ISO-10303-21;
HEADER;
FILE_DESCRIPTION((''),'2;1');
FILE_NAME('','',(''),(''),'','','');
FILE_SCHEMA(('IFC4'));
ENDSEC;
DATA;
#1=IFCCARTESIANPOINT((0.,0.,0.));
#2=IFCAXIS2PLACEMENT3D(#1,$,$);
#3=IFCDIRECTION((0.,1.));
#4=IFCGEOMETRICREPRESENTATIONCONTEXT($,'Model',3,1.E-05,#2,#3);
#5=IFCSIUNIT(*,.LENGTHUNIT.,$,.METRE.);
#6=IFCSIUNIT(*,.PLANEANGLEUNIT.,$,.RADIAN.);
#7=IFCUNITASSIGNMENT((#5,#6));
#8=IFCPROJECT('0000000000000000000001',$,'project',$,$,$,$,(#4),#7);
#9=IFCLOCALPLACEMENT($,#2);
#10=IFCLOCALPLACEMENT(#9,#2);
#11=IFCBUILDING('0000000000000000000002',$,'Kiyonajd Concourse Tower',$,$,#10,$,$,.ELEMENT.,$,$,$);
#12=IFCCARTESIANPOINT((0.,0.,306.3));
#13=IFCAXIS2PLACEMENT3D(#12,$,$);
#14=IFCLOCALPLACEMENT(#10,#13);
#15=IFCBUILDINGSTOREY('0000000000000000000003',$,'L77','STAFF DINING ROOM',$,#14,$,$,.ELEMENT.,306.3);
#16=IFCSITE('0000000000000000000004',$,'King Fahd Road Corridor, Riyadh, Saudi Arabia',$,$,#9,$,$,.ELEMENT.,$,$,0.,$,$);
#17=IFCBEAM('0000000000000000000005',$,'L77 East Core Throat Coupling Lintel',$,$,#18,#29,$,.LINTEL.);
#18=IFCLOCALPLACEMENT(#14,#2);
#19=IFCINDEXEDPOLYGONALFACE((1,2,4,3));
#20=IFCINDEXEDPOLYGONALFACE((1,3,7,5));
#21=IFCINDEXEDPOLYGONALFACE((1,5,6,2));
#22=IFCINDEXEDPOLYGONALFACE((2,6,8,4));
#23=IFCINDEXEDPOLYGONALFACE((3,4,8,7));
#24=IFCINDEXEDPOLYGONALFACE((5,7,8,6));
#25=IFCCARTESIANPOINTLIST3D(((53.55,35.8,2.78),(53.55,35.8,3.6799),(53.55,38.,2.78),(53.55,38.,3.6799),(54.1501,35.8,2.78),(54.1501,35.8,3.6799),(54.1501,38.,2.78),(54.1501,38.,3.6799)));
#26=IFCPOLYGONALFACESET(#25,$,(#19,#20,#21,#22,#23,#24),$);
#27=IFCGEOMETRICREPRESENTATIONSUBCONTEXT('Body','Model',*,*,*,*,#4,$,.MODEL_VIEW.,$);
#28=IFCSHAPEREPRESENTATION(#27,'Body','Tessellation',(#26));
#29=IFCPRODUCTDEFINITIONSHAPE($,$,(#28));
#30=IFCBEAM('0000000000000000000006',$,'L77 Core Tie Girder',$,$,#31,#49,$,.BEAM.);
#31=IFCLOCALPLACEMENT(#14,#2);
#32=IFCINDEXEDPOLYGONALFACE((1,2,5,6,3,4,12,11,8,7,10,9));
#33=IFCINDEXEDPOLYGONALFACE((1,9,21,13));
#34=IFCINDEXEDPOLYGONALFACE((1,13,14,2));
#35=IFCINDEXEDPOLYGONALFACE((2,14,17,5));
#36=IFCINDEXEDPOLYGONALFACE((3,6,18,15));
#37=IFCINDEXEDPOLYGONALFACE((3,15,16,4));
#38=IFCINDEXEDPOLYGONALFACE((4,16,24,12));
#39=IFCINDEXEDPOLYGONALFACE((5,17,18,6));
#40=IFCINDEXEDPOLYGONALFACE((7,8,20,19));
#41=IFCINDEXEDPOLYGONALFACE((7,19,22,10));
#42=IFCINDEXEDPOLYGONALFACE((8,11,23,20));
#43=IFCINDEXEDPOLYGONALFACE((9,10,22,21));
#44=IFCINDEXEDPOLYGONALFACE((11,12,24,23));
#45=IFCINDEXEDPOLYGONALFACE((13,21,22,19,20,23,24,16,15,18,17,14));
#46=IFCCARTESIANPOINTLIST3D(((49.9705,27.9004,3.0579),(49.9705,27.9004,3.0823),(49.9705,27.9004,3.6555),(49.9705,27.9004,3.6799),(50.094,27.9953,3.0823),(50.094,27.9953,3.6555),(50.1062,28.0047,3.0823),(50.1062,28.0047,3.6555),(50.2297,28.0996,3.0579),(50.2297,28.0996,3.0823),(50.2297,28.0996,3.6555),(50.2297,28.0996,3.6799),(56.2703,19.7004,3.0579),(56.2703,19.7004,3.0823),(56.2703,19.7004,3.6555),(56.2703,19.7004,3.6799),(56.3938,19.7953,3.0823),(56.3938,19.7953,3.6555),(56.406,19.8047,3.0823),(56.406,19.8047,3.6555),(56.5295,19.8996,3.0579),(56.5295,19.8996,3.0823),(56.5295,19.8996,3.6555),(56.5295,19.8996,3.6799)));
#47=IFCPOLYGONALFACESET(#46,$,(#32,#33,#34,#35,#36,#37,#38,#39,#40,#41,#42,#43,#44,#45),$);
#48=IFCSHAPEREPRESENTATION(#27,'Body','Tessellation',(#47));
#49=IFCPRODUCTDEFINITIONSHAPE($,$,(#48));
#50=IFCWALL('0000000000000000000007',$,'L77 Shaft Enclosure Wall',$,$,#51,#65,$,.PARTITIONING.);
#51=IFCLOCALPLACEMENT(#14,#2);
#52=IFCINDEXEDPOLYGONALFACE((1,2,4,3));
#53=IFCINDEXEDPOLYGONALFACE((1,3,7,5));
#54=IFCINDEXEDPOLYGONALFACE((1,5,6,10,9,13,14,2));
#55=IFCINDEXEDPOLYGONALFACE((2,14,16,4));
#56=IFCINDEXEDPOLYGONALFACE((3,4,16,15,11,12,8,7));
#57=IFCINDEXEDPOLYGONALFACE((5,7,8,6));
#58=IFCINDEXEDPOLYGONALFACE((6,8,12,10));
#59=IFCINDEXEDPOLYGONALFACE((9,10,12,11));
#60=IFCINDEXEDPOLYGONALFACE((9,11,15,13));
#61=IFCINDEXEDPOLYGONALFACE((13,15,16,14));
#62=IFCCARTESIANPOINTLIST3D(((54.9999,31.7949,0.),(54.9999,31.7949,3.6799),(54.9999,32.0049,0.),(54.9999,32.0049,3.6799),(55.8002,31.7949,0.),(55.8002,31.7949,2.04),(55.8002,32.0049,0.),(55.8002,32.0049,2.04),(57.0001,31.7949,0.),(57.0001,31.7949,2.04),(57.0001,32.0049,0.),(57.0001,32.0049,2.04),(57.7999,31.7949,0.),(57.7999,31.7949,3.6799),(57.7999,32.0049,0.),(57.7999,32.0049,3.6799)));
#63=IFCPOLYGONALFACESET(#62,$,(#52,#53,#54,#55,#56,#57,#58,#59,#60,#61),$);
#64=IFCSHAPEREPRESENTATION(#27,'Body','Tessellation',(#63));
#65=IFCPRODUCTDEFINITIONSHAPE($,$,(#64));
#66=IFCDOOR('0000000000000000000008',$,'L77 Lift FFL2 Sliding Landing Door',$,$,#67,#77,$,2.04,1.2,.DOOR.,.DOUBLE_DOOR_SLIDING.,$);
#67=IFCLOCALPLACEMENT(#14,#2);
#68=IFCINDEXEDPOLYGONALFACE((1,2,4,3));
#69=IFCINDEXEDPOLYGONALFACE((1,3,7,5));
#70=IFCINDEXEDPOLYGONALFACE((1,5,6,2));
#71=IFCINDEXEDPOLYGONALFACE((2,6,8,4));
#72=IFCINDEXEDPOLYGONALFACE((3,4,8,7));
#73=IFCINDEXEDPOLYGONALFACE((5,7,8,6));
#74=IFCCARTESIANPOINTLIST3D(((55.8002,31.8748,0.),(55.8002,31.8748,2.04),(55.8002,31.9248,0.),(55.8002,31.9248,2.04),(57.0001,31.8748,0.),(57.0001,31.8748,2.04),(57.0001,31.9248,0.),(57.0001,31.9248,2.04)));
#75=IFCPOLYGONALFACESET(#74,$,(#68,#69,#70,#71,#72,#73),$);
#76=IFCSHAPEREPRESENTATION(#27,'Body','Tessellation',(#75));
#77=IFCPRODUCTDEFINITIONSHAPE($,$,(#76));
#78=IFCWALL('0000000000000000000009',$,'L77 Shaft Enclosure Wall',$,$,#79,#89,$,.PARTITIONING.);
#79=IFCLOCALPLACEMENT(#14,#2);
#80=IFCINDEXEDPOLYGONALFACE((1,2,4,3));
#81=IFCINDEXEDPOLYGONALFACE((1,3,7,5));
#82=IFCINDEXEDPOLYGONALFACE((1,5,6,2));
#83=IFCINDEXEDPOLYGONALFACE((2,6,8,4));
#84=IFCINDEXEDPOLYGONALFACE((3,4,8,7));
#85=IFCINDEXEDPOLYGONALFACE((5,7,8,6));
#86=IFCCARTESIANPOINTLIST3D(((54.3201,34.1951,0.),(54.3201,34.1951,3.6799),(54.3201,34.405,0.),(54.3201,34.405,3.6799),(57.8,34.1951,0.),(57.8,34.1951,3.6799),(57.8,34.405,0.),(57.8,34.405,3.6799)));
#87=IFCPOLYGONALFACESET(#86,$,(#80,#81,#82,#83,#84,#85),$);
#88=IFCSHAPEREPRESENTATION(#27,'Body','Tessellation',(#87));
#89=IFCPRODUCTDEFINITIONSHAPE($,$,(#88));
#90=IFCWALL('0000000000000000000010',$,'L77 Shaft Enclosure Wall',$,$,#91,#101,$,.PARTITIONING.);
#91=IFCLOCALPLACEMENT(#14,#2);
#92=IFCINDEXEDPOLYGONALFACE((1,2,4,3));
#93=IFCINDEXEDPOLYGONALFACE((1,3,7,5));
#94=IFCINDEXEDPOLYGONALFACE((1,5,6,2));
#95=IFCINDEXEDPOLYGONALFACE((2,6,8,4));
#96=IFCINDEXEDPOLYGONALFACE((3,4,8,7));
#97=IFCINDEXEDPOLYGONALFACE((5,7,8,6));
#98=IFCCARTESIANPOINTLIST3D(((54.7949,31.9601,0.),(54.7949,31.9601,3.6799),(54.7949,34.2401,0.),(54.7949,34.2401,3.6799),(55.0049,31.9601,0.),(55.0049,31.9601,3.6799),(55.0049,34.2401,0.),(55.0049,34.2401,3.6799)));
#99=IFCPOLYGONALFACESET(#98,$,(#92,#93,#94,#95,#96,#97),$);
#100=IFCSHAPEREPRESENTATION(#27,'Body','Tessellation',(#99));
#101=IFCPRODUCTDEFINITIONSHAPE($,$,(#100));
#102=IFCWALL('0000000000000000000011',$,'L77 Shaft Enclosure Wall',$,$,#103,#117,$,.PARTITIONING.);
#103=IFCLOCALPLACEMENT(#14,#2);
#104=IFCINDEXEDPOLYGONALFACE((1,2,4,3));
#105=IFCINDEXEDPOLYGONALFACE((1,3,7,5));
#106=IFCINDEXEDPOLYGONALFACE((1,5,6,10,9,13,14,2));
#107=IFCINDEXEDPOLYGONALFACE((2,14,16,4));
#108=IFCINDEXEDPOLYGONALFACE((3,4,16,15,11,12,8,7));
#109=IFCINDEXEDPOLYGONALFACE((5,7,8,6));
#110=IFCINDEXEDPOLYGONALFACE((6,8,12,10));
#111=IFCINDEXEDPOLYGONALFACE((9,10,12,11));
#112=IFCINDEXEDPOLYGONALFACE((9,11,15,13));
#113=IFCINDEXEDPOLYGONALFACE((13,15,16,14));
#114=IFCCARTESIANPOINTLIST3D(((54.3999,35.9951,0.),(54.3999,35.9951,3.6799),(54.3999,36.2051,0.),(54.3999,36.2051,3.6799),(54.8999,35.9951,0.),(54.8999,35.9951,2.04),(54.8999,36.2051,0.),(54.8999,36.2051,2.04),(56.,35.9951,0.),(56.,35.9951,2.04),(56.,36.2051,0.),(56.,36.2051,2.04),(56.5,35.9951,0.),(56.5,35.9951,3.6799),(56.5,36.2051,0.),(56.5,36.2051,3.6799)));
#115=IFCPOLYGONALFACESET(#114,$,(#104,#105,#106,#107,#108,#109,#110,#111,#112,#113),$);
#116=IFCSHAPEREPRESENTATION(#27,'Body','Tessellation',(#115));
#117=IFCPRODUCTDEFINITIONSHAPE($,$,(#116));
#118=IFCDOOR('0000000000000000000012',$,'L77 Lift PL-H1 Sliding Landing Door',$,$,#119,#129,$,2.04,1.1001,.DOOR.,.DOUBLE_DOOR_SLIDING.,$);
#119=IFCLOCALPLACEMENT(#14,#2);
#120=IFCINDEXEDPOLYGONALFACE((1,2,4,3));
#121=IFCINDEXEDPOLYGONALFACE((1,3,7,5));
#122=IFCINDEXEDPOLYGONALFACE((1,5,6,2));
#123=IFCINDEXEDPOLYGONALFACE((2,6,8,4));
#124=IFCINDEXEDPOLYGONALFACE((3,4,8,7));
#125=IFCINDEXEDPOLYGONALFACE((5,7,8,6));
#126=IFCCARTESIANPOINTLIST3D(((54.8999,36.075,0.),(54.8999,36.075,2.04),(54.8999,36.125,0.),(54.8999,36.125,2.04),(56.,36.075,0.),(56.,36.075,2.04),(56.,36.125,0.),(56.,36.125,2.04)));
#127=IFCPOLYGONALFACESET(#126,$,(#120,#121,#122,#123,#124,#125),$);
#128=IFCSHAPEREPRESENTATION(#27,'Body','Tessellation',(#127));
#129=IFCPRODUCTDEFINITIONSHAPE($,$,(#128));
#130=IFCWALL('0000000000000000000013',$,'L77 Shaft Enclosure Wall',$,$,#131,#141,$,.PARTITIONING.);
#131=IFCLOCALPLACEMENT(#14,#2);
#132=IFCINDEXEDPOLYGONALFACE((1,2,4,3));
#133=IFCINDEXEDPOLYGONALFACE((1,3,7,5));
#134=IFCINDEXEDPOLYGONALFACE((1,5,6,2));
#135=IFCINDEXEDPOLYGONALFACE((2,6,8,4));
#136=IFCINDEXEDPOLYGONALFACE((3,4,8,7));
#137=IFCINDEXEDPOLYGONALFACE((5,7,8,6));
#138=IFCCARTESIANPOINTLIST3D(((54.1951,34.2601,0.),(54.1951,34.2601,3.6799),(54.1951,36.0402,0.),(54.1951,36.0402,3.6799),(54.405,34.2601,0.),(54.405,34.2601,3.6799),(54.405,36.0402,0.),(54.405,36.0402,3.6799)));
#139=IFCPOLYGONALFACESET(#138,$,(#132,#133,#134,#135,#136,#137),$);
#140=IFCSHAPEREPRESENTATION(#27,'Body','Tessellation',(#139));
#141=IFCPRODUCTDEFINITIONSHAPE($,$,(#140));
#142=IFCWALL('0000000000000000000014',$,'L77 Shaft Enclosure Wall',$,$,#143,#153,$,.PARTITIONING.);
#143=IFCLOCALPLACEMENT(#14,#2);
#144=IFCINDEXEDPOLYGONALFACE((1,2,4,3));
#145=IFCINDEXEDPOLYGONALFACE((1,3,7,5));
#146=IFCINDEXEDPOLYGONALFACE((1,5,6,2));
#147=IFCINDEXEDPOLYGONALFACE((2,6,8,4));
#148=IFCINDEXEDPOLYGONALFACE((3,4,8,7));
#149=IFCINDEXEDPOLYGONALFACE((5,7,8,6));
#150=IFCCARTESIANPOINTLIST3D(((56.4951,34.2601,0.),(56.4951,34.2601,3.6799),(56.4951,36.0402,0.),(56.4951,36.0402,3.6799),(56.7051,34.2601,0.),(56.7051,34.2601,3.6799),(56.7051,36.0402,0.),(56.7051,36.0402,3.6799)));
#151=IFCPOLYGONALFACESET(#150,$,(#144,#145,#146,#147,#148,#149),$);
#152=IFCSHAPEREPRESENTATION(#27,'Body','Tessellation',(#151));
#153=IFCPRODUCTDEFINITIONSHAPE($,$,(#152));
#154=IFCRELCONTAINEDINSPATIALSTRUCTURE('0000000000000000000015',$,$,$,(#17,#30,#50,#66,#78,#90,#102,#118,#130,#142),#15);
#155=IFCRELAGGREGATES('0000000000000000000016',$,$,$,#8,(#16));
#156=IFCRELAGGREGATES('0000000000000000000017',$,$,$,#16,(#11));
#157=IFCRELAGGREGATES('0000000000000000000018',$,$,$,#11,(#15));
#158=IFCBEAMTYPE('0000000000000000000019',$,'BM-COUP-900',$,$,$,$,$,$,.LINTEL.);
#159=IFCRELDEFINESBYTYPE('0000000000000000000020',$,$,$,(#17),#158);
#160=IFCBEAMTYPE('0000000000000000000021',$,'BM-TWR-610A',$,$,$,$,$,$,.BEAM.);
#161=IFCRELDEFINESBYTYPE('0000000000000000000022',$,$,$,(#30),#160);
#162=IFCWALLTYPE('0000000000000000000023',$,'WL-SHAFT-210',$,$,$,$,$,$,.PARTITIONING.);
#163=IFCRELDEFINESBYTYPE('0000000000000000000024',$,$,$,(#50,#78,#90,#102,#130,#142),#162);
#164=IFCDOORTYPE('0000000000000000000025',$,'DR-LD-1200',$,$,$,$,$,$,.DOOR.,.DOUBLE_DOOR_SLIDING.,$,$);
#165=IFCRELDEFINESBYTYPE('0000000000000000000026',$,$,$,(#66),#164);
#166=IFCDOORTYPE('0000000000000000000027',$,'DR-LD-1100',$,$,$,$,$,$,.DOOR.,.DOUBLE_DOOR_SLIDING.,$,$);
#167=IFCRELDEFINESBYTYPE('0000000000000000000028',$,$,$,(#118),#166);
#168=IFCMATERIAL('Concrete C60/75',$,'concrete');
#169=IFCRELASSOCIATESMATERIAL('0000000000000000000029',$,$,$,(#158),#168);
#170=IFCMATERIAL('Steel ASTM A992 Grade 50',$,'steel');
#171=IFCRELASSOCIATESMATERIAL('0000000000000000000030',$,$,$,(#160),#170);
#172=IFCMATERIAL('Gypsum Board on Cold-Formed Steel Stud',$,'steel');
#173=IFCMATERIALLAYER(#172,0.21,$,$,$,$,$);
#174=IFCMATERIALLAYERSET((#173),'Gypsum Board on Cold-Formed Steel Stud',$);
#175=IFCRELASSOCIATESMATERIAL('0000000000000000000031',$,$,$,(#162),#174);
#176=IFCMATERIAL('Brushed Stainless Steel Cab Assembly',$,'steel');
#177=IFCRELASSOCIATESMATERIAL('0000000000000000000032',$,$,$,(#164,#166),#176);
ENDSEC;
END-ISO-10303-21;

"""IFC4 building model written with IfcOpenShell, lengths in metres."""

from ifc_helpers import new_model, si_unit, direction, frame, frame_2d, origin, origin_2d, place, context, subcontext, project, spatial, rectangle, i_section, extrude, material, layer, layer_set, material_profile, profile_set, type_object, element, fill, save


model = new_model("IFC4")

# Units and contexts
model_context = context("Model", 3, precision=1e-05, world=origin(), true_north=direction((0.0, 1.0)))
body_context = subcontext(model_context, "Body", "Model", "MODEL_VIEW")
ifc_project = project(units=[si_unit("LENGTHUNIT", "METRE"), si_unit("PLANEANGLEUNIT", "RADIAN")], contexts=[model_context])

# Site, building, storey
site_placement = place(None, origin())
site = spatial("IfcSite", under=ifc_project, at=site_placement, Name="King Fahd Road Corridor, Riyadh, Saudi Arabia", CompositionType="ELEMENT", RefElevation=0.0)
building_placement = place(site_placement, origin())
building = spatial("IfcBuilding", under=site, at=building_placement, Name="Kiyonajd Concourse Tower", CompositionType="ELEMENT")
storey_placement = place(building_placement, frame((0.0, 0.0, 306.3)))
storey = spatial("IfcBuildingStorey", under=building, at=storey_placement, Name="L77", Description="STAFF DINING ROOM", CompositionType="ELEMENT", Elevation=306.3)

# Beams
ifc_material_1 = material(Name="Concrete C60/75", Category="concrete")
ifc_material_profile_1 = material_profile(ifc_material_1, rectangle(XDim=0.6001, YDim=0.8999, at=origin_2d()), Name="RCBM-600x900")
ifc_profile_set_1 = profile_set([ifc_material_profile_1], Name="Concrete C60/75")
beam_type_1 = type_object("IfcBeamType", Name="BM-COUP-900", PredefinedType="LINTEL", material=ifc_profile_set_1)
beam_1_placement = place(storey_placement, frame((53.8501, 35.8, 3.23), z_axis=(0.0, 1.0, 0.0), x_axis=(-1.0, 0.0, 0.0)))
element("IfcBeam", 1, at=beam_1_placement, inside=storey, type_object=beam_type_1, Name="L77 East Core Throat Coupling Lintel", PredefinedType="LINTEL", context=body_context, shape_type="SweptSolid", body=[
    extrude(rectangle(XDim=0.6001, YDim=0.8999, at=origin_2d()), origin(), (0.0, 0.0, 1.0), 2.2),
])
ifc_material_2 = material(Name="Steel ASTM A992 Grade 50", Category="steel")
ifc_material_profile_2 = material_profile(ifc_material_2, i_section(OverallWidth=0.3269, OverallDepth=0.6221, WebThickness=0.0154, FlangeThickness=0.0244, at=origin_2d()), Name="W610X195")
ifc_profile_set_2 = profile_set([ifc_material_profile_2], Name="Steel ASTM A992 Grade 50")
beam_type_2 = type_object("IfcBeamType", Name="BM-TWR-610A", PredefinedType="BEAM", material=ifc_profile_set_2)
beam_2_placement = place(storey_placement, frame((50.1001, 28.0, 3.3689), z_axis=(0.609234, -0.792991, 0.0), x_axis=(0.792991, 0.609234, 0.0)))
element("IfcBeam", 2, at=beam_2_placement, inside=storey, type_object=beam_type_2, Name="L77 Core Tie Girder", PredefinedType="BEAM", context=body_context, shape_type="SweptSolid", body=[
    extrude(i_section(OverallWidth=0.3269, OverallDepth=0.6221, WebThickness=0.0154, FlangeThickness=0.0244, at=origin_2d()), origin(), (0.0, 0.0, 1.0), 10.3406),
])

# Wall, opening, door
ifc_material_3 = material(Name="Gypsum Board on Cold-Formed Steel Stud", Category="steel")
ifc_layer_1 = layer(ifc_material_3, 0.21)
ifc_layer_set_1 = layer_set([ifc_layer_1], Name="Gypsum Board on Cold-Formed Steel Stud")
wall_type_1 = type_object("IfcWallType", Name="WL-SHAFT-210", PredefinedType="PARTITIONING", material=ifc_layer_set_1)
wall_1_placement = place(storey_placement, frame((55.0, 31.8999, 0.0), z_axis=(0.0, 0.0, 1.0), x_axis=(1.0, 0.0, 0.0)))
wall_1 = element("IfcWall", 3, at=wall_1_placement, inside=storey, type_object=wall_type_1, Name="L77 Shaft Enclosure Wall", PredefinedType="PARTITIONING", context=body_context, shape_type="SweptSolid", body=[
    extrude(rectangle(XDim=2.8, YDim=0.21, at=frame_2d((1.3999, 0.0))), origin(), (0.0, 0.0, 1.0), 3.6799),
])
opening_1_placement = place(wall_1_placement, frame((0.8, 0.0, 0.0)))
opening_1 = element("IfcOpeningElement", 4, at=opening_1_placement, cuts=wall_1, PredefinedType="OPENING", context=body_context, shape_type="SweptSolid", body=[
    extrude(rectangle(XDim=1.2, YDim=2.04, at=frame_2d((0.6001, 1.02))), frame((0.0, 0.115, 0.0), z_axis=(0.0, -1.0, 0.0), x_axis=(1.0, 0.0, 0.0)), (0.0, 0.0, 1.0), 0.23),
])
ifc_material_4 = material(Name="Brushed Stainless Steel Cab Assembly", Category="steel")
door_type_1 = type_object("IfcDoorType", Name="DR-LD-1200", OperationType="DOUBLE_DOOR_SLIDING", PredefinedType="DOOR", material=ifc_material_4)
door_1_placement = place(opening_1_placement, origin())
door_1 = element("IfcDoor", 5, at=door_1_placement, inside=storey, type_object=door_type_1, Name="L77 Lift FFL2 Sliding Landing Door", OperationType="DOUBLE_DOOR_SLIDING", OverallHeight=2.04, OverallWidth=1.2, PredefinedType="DOOR", context=body_context, shape_type="SweptSolid", body=[
    extrude(rectangle(XDim=1.2, YDim=2.04, at=frame_2d((0.6001, 1.02))), frame((0.0, 0.0249, 0.0), z_axis=(0.0, -1.0, 0.0), x_axis=(1.0, 0.0, 0.0)), (0.0, 0.0, 1.0), 0.05),
])
fill(opening_1, door_1)

# Walls
wall_2_placement = place(storey_placement, frame((54.3201, 34.3, 0.0), z_axis=(0.0, 0.0, 1.0), x_axis=(1.0, 0.0, 0.0)))
element("IfcWall", 6, at=wall_2_placement, inside=storey, type_object=wall_type_1, Name="L77 Shaft Enclosure Wall", PredefinedType="PARTITIONING", context=body_context, shape_type="SweptSolid", body=[
    extrude(rectangle(XDim=3.48, YDim=0.21, at=frame_2d((1.74, 0.0))), origin(), (0.0, 0.0, 1.0), 3.6799),
])
wall_3_placement = place(storey_placement, frame((54.8999, 31.96, 0.0), z_axis=(0.0, 0.0, 1.0), x_axis=(0.0, 1.0, 0.0)))
element("IfcWall", 7, at=wall_3_placement, inside=storey, type_object=wall_type_1, Name="L77 Shaft Enclosure Wall", PredefinedType="PARTITIONING", context=body_context, shape_type="SweptSolid", body=[
    extrude(rectangle(XDim=2.28, YDim=0.21, at=frame_2d((1.1401, 0.0))), origin(), (0.0, 0.0, 1.0), 3.6799),
])

# Wall, opening, door
wall_4_placement = place(storey_placement, frame((54.3999, 36.1001, 0.0), z_axis=(0.0, 0.0, 1.0), x_axis=(1.0, 0.0, 0.0)))
wall_4 = element("IfcWall", 8, at=wall_4_placement, inside=storey, type_object=wall_type_1, Name="L77 Shaft Enclosure Wall", PredefinedType="PARTITIONING", context=body_context, shape_type="SweptSolid", body=[
    extrude(rectangle(XDim=2.1001, YDim=0.21, at=frame_2d((1.05, 0.0))), origin(), (0.0, 0.0, 1.0), 3.6799),
])
opening_2_placement = place(wall_4_placement, frame((0.5, 0.0, 0.0)))
opening_2 = element("IfcOpeningElement", 9, at=opening_2_placement, cuts=wall_4, PredefinedType="OPENING", context=body_context, shape_type="SweptSolid", body=[
    extrude(rectangle(XDim=1.1001, YDim=2.04, at=frame_2d((0.55, 1.02))), frame((0.0, 0.115, 0.0), z_axis=(0.0, -1.0, 0.0), x_axis=(1.0, 0.0, 0.0)), (0.0, 0.0, 1.0), 0.23),
])
door_type_2 = type_object("IfcDoorType", Name="DR-LD-1100", OperationType="DOUBLE_DOOR_SLIDING", PredefinedType="DOOR", material=ifc_material_4)
door_2_placement = place(opening_2_placement, origin())
door_2 = element("IfcDoor", 10, at=door_2_placement, inside=storey, type_object=door_type_2, Name="L77 Lift PL-H1 Sliding Landing Door", OperationType="DOUBLE_DOOR_SLIDING", OverallHeight=2.04, OverallWidth=1.1001, PredefinedType="DOOR", context=body_context, shape_type="SweptSolid", body=[
    extrude(rectangle(XDim=1.1001, YDim=2.04, at=frame_2d((0.55, 1.02))), frame((0.0, 0.0249, 0.0), z_axis=(0.0, -1.0, 0.0), x_axis=(1.0, 0.0, 0.0)), (0.0, 0.0, 1.0), 0.05),
])
fill(opening_2, door_2)

# Walls
for number, where, z_axis, x_axis, name in (
    (11, (54.3, 34.26, 0.0), (0.0, 0.0, 1.0), (0.0, 1.0, 0.0), "L77 Shaft Enclosure Wall"),
    (12, (56.6001, 34.26, 0.0), (0.0, 0.0, 1.0), (0.0, 1.0, 0.0), "L77 Shaft Enclosure Wall"),
):
    element("IfcWall", number, at=place(storey_placement, frame(where, z_axis=z_axis, x_axis=x_axis)), inside=storey, type_object=wall_type_1, Name=name, PredefinedType="PARTITIONING", context=body_context, shape_type="SweptSolid", body=[
        extrude(rectangle(XDim=1.78, YDim=0.21, at=frame_2d((0.8901, 0.0))), origin(), (0.0, 0.0, 1.0), 3.6799),
    ])

save(model, "model.ifc")
